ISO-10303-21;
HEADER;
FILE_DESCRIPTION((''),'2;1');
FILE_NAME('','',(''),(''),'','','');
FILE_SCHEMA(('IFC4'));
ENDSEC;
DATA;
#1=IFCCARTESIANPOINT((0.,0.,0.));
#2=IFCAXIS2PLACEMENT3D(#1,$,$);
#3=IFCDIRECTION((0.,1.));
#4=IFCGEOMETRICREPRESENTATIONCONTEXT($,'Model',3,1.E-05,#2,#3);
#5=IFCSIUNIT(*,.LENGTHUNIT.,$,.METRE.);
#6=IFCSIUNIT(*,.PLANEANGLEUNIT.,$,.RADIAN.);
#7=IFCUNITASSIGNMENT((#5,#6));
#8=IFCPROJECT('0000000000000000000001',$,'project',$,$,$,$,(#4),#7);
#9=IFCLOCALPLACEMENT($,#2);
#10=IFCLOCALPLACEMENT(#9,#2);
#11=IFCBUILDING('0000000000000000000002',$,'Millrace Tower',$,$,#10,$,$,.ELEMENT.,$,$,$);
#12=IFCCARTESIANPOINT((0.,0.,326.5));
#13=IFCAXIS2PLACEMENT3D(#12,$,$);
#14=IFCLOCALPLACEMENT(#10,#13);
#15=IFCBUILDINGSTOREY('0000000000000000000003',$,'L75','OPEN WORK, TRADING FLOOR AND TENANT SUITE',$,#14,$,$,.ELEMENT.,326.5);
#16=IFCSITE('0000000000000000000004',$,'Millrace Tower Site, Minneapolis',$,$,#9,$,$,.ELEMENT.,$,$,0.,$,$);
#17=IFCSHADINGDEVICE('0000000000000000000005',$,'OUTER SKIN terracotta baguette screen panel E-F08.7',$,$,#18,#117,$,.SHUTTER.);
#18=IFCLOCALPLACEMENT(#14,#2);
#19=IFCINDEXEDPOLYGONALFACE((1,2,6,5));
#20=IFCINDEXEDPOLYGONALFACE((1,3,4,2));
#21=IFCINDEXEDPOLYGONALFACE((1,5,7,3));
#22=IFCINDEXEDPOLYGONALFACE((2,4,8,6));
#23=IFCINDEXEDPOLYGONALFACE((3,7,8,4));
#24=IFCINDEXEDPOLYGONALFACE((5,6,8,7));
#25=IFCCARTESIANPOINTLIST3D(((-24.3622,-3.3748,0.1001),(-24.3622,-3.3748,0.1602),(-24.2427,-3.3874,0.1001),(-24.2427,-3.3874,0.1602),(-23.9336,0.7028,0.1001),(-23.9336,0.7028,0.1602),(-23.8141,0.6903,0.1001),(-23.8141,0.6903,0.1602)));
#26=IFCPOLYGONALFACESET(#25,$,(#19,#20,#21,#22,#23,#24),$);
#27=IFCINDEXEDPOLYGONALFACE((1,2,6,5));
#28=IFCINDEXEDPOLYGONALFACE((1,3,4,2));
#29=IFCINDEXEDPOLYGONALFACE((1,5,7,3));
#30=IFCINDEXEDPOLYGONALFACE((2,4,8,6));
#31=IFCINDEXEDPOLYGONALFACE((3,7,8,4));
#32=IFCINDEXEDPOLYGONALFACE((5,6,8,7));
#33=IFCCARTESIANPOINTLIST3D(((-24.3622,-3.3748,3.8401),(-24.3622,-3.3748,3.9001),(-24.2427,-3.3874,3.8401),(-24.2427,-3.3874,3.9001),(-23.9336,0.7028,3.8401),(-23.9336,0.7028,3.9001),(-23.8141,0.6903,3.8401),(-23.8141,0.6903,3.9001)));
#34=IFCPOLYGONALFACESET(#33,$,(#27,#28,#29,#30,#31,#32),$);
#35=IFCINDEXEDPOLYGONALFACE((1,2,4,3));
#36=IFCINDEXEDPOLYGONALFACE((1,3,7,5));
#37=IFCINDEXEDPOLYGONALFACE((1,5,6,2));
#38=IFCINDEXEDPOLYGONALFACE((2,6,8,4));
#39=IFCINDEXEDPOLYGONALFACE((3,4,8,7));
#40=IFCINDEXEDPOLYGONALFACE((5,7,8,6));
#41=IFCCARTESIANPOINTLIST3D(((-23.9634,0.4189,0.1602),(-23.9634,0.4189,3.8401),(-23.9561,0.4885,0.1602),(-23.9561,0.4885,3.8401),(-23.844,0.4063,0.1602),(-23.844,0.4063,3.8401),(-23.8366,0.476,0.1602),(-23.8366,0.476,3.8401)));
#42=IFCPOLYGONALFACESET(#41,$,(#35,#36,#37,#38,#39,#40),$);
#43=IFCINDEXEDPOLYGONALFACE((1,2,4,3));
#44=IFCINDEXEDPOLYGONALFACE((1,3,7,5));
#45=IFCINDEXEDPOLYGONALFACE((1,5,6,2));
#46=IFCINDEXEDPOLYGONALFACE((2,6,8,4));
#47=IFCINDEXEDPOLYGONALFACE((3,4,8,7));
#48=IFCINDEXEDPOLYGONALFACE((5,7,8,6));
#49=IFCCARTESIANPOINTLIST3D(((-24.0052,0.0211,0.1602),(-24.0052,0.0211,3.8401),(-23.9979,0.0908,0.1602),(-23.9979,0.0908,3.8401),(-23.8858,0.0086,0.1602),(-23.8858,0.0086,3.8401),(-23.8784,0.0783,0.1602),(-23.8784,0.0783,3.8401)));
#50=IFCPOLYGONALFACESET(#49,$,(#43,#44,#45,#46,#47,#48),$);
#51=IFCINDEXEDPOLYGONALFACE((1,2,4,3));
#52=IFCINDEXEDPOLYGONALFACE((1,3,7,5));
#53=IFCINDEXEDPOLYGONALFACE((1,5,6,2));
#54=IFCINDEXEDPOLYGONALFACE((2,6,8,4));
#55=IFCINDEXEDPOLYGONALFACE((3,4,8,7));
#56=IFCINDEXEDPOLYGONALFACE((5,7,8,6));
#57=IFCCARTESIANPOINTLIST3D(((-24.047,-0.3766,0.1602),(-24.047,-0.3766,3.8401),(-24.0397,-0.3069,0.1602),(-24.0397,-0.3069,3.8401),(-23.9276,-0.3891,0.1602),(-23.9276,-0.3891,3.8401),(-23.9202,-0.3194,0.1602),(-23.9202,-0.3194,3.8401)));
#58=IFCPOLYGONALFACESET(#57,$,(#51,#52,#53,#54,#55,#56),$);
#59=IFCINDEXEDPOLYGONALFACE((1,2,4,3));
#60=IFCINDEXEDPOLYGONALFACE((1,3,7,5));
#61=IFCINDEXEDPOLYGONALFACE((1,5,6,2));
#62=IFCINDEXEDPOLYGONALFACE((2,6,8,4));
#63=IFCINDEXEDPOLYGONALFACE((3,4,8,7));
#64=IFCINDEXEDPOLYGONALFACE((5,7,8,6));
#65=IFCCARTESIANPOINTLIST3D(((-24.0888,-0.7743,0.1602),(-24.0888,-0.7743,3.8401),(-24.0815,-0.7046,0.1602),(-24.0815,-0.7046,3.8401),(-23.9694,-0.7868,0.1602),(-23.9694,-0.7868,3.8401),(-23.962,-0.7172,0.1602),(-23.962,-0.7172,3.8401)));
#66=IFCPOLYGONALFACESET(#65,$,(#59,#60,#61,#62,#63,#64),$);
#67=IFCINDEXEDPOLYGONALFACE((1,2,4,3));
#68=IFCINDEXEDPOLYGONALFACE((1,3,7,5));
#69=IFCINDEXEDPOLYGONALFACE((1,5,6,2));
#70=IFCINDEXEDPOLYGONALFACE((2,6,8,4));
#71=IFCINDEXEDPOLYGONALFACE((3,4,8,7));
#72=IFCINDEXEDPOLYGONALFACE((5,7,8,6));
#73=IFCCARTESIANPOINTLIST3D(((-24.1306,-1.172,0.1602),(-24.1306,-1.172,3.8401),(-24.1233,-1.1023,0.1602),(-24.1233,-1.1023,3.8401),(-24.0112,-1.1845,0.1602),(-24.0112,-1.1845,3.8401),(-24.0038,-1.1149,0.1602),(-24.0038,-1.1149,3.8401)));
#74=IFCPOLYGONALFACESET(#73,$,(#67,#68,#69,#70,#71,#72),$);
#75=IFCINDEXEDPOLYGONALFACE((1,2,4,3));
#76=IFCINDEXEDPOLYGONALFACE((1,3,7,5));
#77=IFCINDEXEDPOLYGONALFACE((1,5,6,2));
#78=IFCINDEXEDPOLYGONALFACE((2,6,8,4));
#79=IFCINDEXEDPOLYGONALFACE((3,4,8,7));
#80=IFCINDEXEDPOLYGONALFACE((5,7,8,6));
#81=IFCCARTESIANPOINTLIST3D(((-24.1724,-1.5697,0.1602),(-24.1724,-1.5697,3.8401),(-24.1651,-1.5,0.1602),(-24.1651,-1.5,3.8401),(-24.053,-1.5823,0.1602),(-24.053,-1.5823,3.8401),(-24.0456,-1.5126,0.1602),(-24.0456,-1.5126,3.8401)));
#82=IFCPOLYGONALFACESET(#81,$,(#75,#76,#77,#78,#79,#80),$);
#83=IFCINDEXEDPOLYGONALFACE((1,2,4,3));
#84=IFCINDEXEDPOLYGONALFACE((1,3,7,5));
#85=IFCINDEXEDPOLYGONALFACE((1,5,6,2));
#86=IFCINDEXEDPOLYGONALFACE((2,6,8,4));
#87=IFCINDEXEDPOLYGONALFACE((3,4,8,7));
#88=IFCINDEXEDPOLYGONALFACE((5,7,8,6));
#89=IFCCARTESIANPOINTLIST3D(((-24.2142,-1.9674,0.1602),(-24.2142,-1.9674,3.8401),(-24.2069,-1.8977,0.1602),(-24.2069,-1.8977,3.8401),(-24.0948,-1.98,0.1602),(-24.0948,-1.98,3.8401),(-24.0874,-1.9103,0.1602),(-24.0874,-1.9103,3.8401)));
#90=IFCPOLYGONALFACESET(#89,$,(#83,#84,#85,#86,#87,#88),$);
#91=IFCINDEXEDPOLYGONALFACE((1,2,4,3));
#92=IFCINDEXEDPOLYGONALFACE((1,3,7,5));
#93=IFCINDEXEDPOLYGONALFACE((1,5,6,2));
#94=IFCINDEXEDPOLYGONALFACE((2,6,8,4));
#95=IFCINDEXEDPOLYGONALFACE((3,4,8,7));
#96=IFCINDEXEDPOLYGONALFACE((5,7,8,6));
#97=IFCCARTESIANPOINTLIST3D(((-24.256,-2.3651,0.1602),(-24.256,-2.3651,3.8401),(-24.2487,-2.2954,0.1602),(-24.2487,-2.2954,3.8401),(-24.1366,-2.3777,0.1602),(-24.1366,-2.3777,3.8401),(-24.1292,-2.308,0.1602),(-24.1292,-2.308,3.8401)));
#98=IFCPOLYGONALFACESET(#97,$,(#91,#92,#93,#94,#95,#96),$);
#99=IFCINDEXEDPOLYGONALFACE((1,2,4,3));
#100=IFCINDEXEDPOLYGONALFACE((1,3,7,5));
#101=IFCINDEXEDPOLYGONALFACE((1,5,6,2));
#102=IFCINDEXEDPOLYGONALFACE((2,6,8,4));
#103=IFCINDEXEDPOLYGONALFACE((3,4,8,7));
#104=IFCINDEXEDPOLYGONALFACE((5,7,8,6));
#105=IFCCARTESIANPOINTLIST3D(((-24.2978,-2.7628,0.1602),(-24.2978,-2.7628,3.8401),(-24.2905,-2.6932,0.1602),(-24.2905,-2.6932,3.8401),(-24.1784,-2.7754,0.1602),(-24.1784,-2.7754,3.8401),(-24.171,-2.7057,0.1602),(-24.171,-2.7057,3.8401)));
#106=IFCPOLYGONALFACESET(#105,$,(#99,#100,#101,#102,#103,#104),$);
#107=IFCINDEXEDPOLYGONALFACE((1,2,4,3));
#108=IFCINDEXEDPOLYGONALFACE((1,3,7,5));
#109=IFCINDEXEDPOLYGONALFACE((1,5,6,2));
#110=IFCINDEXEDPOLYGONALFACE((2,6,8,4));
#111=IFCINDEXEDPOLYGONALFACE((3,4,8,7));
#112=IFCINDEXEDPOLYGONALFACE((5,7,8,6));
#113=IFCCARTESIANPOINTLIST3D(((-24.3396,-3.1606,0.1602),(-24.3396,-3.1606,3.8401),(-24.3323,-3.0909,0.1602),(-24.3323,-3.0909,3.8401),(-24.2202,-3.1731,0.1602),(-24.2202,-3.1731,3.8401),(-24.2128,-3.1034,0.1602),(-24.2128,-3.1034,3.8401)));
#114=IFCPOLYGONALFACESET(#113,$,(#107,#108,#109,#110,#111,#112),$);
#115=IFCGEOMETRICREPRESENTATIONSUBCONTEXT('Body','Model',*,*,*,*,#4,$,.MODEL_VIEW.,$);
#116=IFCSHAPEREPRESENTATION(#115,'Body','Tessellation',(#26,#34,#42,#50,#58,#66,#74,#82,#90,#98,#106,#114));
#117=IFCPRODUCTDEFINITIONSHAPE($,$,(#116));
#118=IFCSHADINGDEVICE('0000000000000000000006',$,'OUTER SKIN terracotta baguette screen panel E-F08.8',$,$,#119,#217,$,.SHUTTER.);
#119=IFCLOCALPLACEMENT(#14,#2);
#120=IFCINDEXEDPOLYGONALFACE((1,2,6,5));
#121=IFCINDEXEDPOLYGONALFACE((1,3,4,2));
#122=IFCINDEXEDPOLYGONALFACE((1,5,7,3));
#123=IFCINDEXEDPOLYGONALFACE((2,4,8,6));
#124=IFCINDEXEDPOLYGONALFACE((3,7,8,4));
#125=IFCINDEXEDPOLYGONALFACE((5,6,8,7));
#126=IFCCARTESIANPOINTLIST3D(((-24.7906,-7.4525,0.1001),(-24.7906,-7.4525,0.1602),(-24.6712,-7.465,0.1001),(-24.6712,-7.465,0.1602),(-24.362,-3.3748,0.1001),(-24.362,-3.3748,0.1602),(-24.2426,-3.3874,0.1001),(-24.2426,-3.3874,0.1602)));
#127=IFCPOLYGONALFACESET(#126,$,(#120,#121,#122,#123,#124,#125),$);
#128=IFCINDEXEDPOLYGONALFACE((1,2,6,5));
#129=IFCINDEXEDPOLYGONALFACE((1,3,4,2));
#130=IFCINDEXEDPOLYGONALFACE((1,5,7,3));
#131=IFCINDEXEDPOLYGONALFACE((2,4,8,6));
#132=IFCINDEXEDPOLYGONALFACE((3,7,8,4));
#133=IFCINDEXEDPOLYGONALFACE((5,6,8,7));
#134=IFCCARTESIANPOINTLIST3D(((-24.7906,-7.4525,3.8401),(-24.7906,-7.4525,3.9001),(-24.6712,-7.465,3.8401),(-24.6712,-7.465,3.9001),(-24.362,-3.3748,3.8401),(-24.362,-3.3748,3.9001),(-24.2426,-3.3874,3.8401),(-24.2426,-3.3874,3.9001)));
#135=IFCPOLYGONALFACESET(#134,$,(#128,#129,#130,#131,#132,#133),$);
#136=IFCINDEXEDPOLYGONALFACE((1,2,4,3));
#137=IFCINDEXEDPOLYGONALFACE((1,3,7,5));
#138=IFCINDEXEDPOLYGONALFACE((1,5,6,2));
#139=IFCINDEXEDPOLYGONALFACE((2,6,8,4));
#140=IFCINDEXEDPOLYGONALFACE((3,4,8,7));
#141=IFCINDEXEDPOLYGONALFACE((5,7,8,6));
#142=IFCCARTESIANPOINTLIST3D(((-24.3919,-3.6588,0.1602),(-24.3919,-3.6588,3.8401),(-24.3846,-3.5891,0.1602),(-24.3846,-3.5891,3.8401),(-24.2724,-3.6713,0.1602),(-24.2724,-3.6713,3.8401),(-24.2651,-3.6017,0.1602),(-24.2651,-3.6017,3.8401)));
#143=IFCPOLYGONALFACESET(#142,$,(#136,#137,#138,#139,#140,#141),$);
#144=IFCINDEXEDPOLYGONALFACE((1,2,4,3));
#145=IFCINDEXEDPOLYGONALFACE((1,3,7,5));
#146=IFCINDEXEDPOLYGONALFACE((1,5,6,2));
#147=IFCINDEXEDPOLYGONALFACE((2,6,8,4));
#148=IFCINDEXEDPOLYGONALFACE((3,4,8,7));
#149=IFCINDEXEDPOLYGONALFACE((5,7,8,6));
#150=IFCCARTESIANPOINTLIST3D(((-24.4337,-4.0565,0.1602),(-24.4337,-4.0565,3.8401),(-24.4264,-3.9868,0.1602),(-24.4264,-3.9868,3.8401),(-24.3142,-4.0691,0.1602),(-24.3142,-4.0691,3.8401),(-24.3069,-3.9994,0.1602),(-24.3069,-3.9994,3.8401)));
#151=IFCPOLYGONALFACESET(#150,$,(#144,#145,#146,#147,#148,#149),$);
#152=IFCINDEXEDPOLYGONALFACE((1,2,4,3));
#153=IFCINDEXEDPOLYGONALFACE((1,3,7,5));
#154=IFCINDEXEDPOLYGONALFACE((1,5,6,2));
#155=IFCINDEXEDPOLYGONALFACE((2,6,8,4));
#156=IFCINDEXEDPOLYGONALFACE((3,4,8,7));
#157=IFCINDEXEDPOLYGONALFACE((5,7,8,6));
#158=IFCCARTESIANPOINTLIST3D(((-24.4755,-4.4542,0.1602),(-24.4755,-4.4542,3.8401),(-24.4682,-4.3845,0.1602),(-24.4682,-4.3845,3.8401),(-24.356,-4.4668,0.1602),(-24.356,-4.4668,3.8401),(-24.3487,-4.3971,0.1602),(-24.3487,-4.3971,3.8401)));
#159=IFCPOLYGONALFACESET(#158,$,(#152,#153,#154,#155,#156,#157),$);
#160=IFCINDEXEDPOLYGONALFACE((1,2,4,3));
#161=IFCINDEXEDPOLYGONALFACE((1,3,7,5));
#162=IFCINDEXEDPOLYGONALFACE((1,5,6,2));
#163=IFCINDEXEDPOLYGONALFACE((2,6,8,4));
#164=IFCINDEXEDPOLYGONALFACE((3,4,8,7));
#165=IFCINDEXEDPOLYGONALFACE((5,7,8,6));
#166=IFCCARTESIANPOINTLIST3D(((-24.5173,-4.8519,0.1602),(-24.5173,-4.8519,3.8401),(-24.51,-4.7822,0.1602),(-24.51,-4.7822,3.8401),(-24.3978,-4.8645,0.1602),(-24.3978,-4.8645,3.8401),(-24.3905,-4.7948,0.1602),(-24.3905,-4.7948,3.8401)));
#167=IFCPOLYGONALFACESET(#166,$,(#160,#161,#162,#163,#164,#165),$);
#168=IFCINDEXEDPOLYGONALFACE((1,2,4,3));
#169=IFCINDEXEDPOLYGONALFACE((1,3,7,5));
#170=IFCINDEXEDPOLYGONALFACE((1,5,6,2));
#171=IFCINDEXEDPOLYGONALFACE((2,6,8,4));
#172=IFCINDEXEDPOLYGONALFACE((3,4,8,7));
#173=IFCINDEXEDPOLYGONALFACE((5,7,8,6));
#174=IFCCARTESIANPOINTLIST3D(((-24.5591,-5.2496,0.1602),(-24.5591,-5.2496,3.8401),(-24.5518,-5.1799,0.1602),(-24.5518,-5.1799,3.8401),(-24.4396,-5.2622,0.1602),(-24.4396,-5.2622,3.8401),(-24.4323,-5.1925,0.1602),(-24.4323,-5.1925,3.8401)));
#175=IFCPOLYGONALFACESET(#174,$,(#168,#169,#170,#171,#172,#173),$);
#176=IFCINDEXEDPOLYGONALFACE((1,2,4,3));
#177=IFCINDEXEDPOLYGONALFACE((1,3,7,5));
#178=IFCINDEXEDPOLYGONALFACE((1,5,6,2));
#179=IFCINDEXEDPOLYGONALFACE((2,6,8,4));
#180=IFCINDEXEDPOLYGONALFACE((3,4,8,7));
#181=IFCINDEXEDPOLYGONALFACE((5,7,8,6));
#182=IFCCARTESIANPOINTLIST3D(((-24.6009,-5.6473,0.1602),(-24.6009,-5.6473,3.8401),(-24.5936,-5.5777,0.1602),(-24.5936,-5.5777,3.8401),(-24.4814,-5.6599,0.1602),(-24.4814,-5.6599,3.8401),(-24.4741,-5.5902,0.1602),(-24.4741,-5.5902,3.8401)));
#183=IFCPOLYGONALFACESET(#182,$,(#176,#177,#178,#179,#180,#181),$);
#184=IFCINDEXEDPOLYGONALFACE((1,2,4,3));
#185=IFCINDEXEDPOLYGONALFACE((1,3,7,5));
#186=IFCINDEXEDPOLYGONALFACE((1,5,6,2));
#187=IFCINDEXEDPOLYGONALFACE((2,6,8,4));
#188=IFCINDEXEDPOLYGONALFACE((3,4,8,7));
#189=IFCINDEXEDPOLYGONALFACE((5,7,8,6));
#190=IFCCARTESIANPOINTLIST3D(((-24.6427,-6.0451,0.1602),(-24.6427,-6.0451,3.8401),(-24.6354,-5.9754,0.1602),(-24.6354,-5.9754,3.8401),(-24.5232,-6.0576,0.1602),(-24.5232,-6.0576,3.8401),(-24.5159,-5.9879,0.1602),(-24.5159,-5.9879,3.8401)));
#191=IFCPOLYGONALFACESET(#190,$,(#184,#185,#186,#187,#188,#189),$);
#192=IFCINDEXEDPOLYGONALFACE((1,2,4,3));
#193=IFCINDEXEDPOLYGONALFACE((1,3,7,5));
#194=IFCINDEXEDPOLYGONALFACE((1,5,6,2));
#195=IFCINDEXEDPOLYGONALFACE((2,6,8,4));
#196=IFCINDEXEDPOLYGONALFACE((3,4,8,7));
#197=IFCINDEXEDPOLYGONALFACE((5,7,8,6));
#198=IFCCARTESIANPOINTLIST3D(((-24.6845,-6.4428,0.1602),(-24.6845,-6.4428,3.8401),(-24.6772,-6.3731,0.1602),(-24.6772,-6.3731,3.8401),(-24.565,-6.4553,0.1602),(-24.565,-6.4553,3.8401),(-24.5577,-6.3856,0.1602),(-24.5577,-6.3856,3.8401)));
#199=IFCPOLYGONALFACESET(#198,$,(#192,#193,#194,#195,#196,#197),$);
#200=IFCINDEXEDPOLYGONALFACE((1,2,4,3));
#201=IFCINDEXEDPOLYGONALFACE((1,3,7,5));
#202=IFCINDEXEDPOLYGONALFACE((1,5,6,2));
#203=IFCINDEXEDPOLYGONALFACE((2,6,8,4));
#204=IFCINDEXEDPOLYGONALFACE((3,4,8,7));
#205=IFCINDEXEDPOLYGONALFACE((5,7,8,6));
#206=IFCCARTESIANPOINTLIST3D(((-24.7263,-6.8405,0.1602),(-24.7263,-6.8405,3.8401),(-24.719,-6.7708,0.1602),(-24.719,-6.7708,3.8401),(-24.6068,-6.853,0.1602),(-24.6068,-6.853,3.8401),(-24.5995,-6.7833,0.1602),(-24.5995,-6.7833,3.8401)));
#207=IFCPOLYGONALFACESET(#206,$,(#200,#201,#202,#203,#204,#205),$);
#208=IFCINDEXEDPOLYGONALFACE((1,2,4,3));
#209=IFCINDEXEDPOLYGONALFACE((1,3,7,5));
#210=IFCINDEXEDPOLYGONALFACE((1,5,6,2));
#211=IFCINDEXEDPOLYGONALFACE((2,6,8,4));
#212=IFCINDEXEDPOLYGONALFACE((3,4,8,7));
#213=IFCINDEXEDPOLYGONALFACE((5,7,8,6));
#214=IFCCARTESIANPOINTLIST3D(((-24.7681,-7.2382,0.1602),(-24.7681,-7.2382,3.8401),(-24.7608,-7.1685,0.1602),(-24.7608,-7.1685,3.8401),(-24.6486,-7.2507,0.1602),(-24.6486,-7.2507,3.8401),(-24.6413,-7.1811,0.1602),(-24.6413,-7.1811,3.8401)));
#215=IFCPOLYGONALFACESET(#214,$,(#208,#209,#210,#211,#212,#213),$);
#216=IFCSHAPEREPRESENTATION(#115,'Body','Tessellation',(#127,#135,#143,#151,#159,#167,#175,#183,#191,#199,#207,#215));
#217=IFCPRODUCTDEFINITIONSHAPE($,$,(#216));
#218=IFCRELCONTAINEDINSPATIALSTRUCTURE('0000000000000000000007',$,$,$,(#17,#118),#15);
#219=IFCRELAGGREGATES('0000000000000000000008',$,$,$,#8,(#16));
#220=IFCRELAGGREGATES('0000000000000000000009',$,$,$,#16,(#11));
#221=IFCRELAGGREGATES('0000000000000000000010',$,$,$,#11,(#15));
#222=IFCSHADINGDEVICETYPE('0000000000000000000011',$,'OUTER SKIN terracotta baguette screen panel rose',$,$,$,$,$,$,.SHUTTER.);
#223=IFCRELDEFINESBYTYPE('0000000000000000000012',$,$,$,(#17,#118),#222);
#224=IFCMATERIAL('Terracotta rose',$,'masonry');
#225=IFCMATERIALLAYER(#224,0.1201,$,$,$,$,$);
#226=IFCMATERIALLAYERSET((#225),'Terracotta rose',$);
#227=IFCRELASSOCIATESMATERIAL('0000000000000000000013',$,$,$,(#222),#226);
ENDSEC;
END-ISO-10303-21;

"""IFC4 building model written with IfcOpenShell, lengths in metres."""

from ifc_helpers import new_model, entity, si_unit, direction, frame, frame_2d, origin, place, context, subcontext, project, spatial, rectangle, extrude, source, transform, mapped, material, layer, layer_set, type_object, element, save


model = new_model("IFC4")

# Units and contexts
model_context = context("Model", 3, precision=1e-05, world=origin(), true_north=direction((0.0, 1.0)))
body_context = subcontext(model_context, "Body", "Model", "MODEL_VIEW")
ifc_project = project(units=[si_unit("LENGTHUNIT", "METRE"), si_unit("PLANEANGLEUNIT", "RADIAN")], contexts=[model_context])

# Site, building, storey
site_placement = place(None, origin())
site = spatial("IfcSite", under=ifc_project, at=site_placement, Name="Millrace Tower Site, Minneapolis", CompositionType="ELEMENT", RefElevation=0.0)
building_placement = place(site_placement, origin())
building = spatial("IfcBuilding", under=site, at=building_placement, Name="Millrace Tower", CompositionType="ELEMENT")
storey_placement = place(building_placement, frame((0.0, 0.0, 326.5)))
storey = spatial("IfcBuildingStorey", under=building, at=storey_placement, Name="L75", Description="OPEN WORK, TRADING FLOOR AND TENANT SUITE", CompositionType="ELEMENT", Elevation=326.5)

# Shading devices
ifc_material_1 = material(Name="Terracotta rose", Category="masonry")
ifc_layer_1 = layer(ifc_material_1, 0.1201)
ifc_layer_set_1 = layer_set([ifc_layer_1], Name="Terracotta rose")
shading_device_type = type_object("IfcShadingDeviceType", Name="OUTER SKIN terracotta baguette screen panel rose", PredefinedType="SHUTTER", material=ifc_layer_set_1)
cartesian_point_1 = entity("IfcCartesianPoint", [-2.05, 0.0601])
shared_polyline_1 = entity("IfcPolyline", [cartesian_point_1, entity("IfcCartesianPoint", [2.05, 0.0601]), entity("IfcCartesianPoint", [2.05, -0.0601]), entity("IfcCartesianPoint", [-2.05, -0.0601]), cartesian_point_1])
shared_shape_1 = source(origin(), body_context, "Body", "SweptSolid", [
    entity("IfcExtrudedAreaSolid", entity("IfcArbitraryClosedProfileDef", "AREA", None, shared_polyline_1), entity("IfcAxis2Placement3D", entity("IfcCartesianPoint", [0.0, 0.0, 0.0])), entity("IfcDirection", [0.0, 0.0, 1.0]), 0.0601),
    entity("IfcExtrudedAreaSolid", entity("IfcArbitraryClosedProfileDef", "AREA", None, shared_polyline_1), entity("IfcAxis2Placement3D", entity("IfcCartesianPoint", [0.0, 0.0, 3.74])), entity("IfcDirection", [0.0, 0.0, 1.0]), 0.0601),
    extrude(rectangle(XDim=0.0701, YDim=0.1201, at=frame_2d((-1.7996, 0.0))), frame((0.0, 0.0, 0.0601)), (0.0, 0.0, 1.0), 3.6799),
    extrude(rectangle(XDim=0.0701, YDim=0.1201, at=frame_2d((-1.3997, 0.0))), frame((0.0, 0.0, 0.0601)), (0.0, 0.0, 1.0), 3.6799),
    extrude(rectangle(XDim=0.0701, YDim=0.1201, at=frame_2d((-0.9998, 0.0))), frame((0.0, 0.0, 0.0601)), (0.0, 0.0, 1.0), 3.6799),
    extrude(rectangle(XDim=0.0701, YDim=0.1201, at=frame_2d((-0.5999, 0.0))), frame((0.0, 0.0, 0.0601)), (0.0, 0.0, 1.0), 3.6799),
    extrude(rectangle(XDim=0.0701, YDim=0.1201, at=frame_2d((-0.2, 0.0))), frame((0.0, 0.0, 0.0601)), (0.0, 0.0, 1.0), 3.6799),
    extrude(rectangle(XDim=0.0701, YDim=0.1201, at=frame_2d((0.2, 0.0))), frame((0.0, 0.0, 0.0601)), (0.0, 0.0, 1.0), 3.6799),
    extrude(rectangle(XDim=0.0701, YDim=0.1201, at=frame_2d((0.5999, 0.0))), frame((0.0, 0.0, 0.0601)), (0.0, 0.0, 1.0), 3.6799),
    extrude(rectangle(XDim=0.0701, YDim=0.1201, at=frame_2d((0.9998, 0.0))), frame((0.0, 0.0, 0.0601)), (0.0, 0.0, 1.0), 3.6799),
    extrude(rectangle(XDim=0.0701, YDim=0.1201, at=frame_2d((1.3997, 0.0))), frame((0.0, 0.0, 0.0601)), (0.0, 0.0, 1.0), 3.6799),
    extrude(rectangle(XDim=0.0701, YDim=0.1201, at=frame_2d((1.7996, 0.0))), frame((0.0, 0.0, 0.0601)), (0.0, 0.0, 1.0), 3.6799),
])
for number, where, z_axis, x_axis, name in (
    (1, (-24.0881, -1.3423, 0.1001), (0.0, 0.0, 1.0), (-0.104528, -0.994522, 0.0), "OUTER SKIN terracotta baguette screen panel E-F08.7"),
    (2, (-24.5166, -5.4199, 0.1001), (0.0, 0.0, 1.0), (-0.104528, -0.994522, 0.0), "OUTER SKIN terracotta baguette screen panel E-F08.8"),
):
    element("IfcShadingDevice", number, at=place(storey_placement, frame(where, z_axis=z_axis, x_axis=x_axis)), inside=storey, type_object=shading_device_type, Name=name, PredefinedType="SHUTTER", context=body_context, shape_type="MappedRepresentation", body=[
        mapped(shared_shape_1, transform((0.0, 0.0, 0.0), scale=1.0)),
    ])

save(model, "model.ifc")
